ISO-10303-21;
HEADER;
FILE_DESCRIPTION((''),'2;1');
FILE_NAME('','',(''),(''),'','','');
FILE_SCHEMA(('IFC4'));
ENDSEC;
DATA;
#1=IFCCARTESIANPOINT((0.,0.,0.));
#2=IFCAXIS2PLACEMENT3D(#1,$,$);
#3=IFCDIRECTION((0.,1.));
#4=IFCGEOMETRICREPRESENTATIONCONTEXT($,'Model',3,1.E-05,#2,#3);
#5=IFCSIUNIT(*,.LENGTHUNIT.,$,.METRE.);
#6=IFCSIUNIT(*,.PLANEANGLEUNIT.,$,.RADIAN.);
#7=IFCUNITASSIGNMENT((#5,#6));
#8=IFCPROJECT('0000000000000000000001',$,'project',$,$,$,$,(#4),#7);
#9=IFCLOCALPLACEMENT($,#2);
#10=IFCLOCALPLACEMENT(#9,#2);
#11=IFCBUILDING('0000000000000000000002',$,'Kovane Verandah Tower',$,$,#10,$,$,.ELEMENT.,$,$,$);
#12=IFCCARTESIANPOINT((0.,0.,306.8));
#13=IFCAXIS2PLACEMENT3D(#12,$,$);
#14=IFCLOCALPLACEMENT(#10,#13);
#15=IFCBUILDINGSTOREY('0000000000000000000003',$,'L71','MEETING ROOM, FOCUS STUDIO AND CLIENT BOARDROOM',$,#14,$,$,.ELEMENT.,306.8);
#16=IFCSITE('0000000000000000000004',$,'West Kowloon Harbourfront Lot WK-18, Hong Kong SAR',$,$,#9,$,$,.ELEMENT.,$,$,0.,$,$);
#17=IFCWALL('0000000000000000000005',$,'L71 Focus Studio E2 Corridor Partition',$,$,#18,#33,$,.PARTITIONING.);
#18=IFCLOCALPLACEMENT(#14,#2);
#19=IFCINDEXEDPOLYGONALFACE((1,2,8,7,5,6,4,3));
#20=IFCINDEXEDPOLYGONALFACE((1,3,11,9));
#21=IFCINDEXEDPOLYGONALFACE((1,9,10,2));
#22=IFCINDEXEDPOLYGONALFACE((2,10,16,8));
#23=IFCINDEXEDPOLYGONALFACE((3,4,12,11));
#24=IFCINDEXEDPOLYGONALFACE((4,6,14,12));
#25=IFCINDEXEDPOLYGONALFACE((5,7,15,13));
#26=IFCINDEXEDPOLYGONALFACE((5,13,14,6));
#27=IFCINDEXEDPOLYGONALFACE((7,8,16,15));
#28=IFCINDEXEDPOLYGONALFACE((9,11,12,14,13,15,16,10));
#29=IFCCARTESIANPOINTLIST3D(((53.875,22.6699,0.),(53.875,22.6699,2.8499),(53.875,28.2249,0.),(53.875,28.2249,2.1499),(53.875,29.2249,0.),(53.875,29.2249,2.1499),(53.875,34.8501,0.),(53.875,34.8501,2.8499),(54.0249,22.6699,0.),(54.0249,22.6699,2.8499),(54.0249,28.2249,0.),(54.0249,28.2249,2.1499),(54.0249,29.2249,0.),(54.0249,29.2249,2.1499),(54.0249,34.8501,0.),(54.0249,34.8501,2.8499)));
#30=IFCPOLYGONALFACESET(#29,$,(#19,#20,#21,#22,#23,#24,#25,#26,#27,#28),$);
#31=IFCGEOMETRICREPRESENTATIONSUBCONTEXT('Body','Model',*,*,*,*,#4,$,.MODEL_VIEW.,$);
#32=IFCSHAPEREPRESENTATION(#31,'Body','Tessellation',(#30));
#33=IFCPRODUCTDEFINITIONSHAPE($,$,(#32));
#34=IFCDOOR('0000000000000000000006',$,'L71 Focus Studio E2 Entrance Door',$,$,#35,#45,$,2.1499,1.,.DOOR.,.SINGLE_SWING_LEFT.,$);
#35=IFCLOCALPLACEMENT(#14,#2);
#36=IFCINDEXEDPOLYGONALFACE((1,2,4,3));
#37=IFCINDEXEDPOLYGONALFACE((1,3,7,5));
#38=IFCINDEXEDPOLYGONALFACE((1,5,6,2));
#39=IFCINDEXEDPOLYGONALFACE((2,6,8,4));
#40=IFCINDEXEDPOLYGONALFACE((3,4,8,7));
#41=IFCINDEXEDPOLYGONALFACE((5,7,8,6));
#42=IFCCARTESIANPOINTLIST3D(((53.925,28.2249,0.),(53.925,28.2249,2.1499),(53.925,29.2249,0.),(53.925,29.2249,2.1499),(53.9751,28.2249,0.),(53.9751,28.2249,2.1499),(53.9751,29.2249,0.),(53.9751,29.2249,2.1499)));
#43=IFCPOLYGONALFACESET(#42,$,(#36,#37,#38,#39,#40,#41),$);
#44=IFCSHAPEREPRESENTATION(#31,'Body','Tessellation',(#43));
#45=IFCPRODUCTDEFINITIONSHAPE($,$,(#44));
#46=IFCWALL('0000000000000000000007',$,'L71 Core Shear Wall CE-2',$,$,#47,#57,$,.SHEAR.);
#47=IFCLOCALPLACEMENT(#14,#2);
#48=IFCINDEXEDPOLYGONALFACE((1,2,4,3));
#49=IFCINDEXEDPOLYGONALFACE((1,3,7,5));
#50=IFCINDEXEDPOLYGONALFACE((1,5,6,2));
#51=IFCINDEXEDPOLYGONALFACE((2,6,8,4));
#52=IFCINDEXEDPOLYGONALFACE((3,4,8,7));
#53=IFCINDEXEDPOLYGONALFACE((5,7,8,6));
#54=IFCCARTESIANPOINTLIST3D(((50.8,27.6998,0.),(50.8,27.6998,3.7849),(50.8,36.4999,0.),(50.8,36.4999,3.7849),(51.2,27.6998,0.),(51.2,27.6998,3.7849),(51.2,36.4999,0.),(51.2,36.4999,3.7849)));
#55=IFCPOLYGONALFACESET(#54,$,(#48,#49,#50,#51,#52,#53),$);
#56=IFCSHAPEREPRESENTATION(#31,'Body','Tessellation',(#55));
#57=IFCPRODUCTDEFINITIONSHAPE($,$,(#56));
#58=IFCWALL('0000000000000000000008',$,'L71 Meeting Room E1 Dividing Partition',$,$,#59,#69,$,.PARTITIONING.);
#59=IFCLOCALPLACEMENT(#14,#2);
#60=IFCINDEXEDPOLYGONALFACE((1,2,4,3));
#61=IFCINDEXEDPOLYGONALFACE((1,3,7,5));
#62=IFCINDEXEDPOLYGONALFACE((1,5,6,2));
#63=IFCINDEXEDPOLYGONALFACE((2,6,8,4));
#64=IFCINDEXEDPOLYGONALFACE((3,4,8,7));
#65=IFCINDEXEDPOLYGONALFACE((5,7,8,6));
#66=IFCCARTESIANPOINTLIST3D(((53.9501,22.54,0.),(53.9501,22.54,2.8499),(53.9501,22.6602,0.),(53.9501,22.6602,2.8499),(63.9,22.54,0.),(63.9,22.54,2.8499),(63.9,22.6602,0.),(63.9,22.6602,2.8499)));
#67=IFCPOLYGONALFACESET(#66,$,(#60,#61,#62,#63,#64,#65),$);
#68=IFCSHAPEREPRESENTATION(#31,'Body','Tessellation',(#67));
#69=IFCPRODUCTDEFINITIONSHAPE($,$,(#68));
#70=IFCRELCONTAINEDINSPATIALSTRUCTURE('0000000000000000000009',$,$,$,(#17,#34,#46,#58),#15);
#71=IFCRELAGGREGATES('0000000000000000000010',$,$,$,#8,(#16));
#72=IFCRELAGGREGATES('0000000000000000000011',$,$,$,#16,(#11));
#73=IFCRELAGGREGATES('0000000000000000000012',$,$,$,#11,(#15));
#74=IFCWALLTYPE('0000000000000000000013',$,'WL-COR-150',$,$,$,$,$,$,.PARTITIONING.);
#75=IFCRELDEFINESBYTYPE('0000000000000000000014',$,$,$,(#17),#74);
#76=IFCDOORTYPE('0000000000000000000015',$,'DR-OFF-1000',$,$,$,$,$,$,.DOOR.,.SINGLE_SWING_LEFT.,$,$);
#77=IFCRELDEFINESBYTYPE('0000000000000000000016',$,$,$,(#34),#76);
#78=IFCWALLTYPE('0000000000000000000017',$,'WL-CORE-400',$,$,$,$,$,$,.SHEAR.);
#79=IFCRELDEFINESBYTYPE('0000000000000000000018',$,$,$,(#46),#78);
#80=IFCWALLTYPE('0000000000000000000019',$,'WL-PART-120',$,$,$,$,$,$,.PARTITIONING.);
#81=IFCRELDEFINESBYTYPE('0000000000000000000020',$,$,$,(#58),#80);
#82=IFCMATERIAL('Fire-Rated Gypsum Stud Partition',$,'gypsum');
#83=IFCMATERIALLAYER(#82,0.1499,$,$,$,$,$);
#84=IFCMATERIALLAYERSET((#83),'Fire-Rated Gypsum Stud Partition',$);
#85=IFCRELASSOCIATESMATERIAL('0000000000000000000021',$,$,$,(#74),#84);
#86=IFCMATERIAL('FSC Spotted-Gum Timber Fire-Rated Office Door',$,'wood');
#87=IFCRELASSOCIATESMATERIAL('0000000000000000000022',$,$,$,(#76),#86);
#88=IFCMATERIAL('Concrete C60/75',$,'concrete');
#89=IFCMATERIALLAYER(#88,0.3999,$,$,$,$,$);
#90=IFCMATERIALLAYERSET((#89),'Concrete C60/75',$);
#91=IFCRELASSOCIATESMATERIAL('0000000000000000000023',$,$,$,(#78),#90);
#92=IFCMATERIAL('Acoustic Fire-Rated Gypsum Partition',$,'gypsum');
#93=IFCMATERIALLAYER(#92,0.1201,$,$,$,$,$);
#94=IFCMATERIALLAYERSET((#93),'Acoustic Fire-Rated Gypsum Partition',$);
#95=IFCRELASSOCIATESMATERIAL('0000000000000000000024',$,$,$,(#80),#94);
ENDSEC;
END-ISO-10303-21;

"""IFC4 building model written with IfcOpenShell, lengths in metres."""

from ifc_helpers import new_model, si_unit, direction, frame, frame_2d, origin, place, context, subcontext, project, spatial, rectangle, extrude, material, layer, layer_set, type_object, element, fill, save


model = new_model("IFC4")

# Units and contexts
model_context = context("Model", 3, precision=1e-05, world=origin(), true_north=direction((0.0, 1.0)))
body_context = subcontext(model_context, "Body", "Model", "MODEL_VIEW")
ifc_project = project(units=[si_unit("LENGTHUNIT", "METRE"), si_unit("PLANEANGLEUNIT", "RADIAN")], contexts=[model_context])

# Site, building, storey
site_placement = place(None, origin())
site = spatial("IfcSite", under=ifc_project, at=site_placement, Name="West Kowloon Harbourfront Lot WK-18, Hong Kong SAR", CompositionType="ELEMENT", RefElevation=0.0)
building_placement = place(site_placement, origin())
building = spatial("IfcBuilding", under=site, at=building_placement, Name="Kovane Verandah Tower", CompositionType="ELEMENT")
storey_placement = place(building_placement, frame((0.0, 0.0, 306.8)))
storey = spatial("IfcBuildingStorey", under=building, at=storey_placement, Name="L71", Description="MEETING ROOM, FOCUS STUDIO AND CLIENT BOARDROOM", CompositionType="ELEMENT", Elevation=306.8)

# Shared definitions
ifc_material_1 = material(Name="Concrete C60/75", Category="concrete")

# Wall, opening, door
ifc_material_2 = material(Name="Fire-Rated Gypsum Stud Partition", Category="gypsum")
ifc_layer_1 = layer(ifc_material_2, 0.1499)
ifc_layer_set_1 = layer_set([ifc_layer_1], Name="Fire-Rated Gypsum Stud Partition")
wall_type_1 = type_object("IfcWallType", Name="WL-COR-150", PredefinedType="PARTITIONING", material=ifc_layer_set_1)
wall_1_placement = place(storey_placement, frame((53.95, 22.6699, 0.0), z_axis=(0.0, 0.0, 1.0), x_axis=(0.0, 1.0, 0.0)))
wall_1 = element("IfcWall", 1, at=wall_1_placement, inside=storey, type_object=wall_type_1, Name="L71 Focus Studio E2 Corridor Partition", PredefinedType="PARTITIONING", context=body_context, shape_type="SweptSolid", body=[
    extrude(rectangle(XDim=12.1802, YDim=0.1499, at=frame_2d((6.0901, 0.0))), origin(), (0.0, 0.0, 1.0), 2.8499),
])
opening_1_placement = place(wall_1_placement, frame((5.5549, 0.0, 0.0)))
opening_1 = element("IfcOpeningElement", 2, at=opening_1_placement, cuts=wall_1, PredefinedType="OPENING", context=body_context, shape_type="SweptSolid", body=[
    extrude(rectangle(XDim=1.0, YDim=2.1499, at=frame_2d((0.5, 1.075))), frame((0.0, 0.075, 0.0), z_axis=(0.0, -1.0, 0.0), x_axis=(1.0, 0.0, 0.0)), (0.0, 0.0, 1.0), 0.1499),
])
ifc_material_3 = material(Name="FSC Spotted-Gum Timber Fire-Rated Office Door", Category="wood")
door_type_1 = type_object("IfcDoorType", Name="DR-OFF-1000", OperationType="SINGLE_SWING_LEFT", PredefinedType="DOOR", material=ifc_material_3)
door_1_placement = place(opening_1_placement, origin())
door_1 = element("IfcDoor", 3, at=door_1_placement, inside=storey, type_object=door_type_1, Name="L71 Focus Studio E2 Entrance Door", OperationType="SINGLE_SWING_LEFT", OverallHeight=2.1499, OverallWidth=1.0, PredefinedType="DOOR", context=body_context, shape_type="SweptSolid", body=[
    extrude(rectangle(XDim=1.0, YDim=2.1499, at=frame_2d((0.5, 1.075))), frame((0.0, 0.0249, 0.0), z_axis=(0.0, -1.0, 0.0), x_axis=(1.0, 0.0, 0.0)), (0.0, 0.0, 1.0), 0.05),
])
fill(opening_1, door_1)

# Wall
ifc_layer_2 = layer(ifc_material_1, 0.3999)
ifc_layer_set_2 = layer_set([ifc_layer_2], Name="Concrete C60/75")
wall_type_2 = type_object("IfcWallType", Name="WL-CORE-400", PredefinedType="SHEAR", material=ifc_layer_set_2)
wall_2_placement = place(storey_placement, frame((51.0, 27.7, 0.0), z_axis=(0.0, 0.0, 1.0), x_axis=(0.0, 1.0, 0.0)))
element("IfcWall", 4, at=wall_2_placement, inside=storey, type_object=wall_type_2, Name="L71 Core Shear Wall CE-2", PredefinedType="SHEAR", context=body_context, shape_type="SweptSolid", body=[
    extrude(rectangle(XDim=8.8, YDim=0.3999, at=frame_2d((4.3999, 0.0))), origin(), (0.0, 0.0, 1.0), 3.7849),
])

# Wall
ifc_material_4 = material(Name="Acoustic Fire-Rated Gypsum Partition", Category="gypsum")
ifc_layer_3 = layer(ifc_material_4, 0.1201)
ifc_layer_set_3 = layer_set([ifc_layer_3], Name="Acoustic Fire-Rated Gypsum Partition")
wall_type_3 = type_object("IfcWallType", Name="WL-PART-120", PredefinedType="PARTITIONING", material=ifc_layer_set_3)
wall_3_placement = place(storey_placement, frame((53.95, 22.6001, 0.0), z_axis=(0.0, 0.0, 1.0), x_axis=(1.0, 0.0, 0.0)))
element("IfcWall", 5, at=wall_3_placement, inside=storey, type_object=wall_type_3, Name="L71 Meeting Room E1 Dividing Partition", PredefinedType="PARTITIONING", context=body_context, shape_type="SweptSolid", body=[
    extrude(rectangle(XDim=9.95, YDim=0.1201, at=frame_2d((4.9751, 0.0))), origin(), (0.0, 0.0, 1.0), 2.8499),
])

save(model, "model.ifc")
